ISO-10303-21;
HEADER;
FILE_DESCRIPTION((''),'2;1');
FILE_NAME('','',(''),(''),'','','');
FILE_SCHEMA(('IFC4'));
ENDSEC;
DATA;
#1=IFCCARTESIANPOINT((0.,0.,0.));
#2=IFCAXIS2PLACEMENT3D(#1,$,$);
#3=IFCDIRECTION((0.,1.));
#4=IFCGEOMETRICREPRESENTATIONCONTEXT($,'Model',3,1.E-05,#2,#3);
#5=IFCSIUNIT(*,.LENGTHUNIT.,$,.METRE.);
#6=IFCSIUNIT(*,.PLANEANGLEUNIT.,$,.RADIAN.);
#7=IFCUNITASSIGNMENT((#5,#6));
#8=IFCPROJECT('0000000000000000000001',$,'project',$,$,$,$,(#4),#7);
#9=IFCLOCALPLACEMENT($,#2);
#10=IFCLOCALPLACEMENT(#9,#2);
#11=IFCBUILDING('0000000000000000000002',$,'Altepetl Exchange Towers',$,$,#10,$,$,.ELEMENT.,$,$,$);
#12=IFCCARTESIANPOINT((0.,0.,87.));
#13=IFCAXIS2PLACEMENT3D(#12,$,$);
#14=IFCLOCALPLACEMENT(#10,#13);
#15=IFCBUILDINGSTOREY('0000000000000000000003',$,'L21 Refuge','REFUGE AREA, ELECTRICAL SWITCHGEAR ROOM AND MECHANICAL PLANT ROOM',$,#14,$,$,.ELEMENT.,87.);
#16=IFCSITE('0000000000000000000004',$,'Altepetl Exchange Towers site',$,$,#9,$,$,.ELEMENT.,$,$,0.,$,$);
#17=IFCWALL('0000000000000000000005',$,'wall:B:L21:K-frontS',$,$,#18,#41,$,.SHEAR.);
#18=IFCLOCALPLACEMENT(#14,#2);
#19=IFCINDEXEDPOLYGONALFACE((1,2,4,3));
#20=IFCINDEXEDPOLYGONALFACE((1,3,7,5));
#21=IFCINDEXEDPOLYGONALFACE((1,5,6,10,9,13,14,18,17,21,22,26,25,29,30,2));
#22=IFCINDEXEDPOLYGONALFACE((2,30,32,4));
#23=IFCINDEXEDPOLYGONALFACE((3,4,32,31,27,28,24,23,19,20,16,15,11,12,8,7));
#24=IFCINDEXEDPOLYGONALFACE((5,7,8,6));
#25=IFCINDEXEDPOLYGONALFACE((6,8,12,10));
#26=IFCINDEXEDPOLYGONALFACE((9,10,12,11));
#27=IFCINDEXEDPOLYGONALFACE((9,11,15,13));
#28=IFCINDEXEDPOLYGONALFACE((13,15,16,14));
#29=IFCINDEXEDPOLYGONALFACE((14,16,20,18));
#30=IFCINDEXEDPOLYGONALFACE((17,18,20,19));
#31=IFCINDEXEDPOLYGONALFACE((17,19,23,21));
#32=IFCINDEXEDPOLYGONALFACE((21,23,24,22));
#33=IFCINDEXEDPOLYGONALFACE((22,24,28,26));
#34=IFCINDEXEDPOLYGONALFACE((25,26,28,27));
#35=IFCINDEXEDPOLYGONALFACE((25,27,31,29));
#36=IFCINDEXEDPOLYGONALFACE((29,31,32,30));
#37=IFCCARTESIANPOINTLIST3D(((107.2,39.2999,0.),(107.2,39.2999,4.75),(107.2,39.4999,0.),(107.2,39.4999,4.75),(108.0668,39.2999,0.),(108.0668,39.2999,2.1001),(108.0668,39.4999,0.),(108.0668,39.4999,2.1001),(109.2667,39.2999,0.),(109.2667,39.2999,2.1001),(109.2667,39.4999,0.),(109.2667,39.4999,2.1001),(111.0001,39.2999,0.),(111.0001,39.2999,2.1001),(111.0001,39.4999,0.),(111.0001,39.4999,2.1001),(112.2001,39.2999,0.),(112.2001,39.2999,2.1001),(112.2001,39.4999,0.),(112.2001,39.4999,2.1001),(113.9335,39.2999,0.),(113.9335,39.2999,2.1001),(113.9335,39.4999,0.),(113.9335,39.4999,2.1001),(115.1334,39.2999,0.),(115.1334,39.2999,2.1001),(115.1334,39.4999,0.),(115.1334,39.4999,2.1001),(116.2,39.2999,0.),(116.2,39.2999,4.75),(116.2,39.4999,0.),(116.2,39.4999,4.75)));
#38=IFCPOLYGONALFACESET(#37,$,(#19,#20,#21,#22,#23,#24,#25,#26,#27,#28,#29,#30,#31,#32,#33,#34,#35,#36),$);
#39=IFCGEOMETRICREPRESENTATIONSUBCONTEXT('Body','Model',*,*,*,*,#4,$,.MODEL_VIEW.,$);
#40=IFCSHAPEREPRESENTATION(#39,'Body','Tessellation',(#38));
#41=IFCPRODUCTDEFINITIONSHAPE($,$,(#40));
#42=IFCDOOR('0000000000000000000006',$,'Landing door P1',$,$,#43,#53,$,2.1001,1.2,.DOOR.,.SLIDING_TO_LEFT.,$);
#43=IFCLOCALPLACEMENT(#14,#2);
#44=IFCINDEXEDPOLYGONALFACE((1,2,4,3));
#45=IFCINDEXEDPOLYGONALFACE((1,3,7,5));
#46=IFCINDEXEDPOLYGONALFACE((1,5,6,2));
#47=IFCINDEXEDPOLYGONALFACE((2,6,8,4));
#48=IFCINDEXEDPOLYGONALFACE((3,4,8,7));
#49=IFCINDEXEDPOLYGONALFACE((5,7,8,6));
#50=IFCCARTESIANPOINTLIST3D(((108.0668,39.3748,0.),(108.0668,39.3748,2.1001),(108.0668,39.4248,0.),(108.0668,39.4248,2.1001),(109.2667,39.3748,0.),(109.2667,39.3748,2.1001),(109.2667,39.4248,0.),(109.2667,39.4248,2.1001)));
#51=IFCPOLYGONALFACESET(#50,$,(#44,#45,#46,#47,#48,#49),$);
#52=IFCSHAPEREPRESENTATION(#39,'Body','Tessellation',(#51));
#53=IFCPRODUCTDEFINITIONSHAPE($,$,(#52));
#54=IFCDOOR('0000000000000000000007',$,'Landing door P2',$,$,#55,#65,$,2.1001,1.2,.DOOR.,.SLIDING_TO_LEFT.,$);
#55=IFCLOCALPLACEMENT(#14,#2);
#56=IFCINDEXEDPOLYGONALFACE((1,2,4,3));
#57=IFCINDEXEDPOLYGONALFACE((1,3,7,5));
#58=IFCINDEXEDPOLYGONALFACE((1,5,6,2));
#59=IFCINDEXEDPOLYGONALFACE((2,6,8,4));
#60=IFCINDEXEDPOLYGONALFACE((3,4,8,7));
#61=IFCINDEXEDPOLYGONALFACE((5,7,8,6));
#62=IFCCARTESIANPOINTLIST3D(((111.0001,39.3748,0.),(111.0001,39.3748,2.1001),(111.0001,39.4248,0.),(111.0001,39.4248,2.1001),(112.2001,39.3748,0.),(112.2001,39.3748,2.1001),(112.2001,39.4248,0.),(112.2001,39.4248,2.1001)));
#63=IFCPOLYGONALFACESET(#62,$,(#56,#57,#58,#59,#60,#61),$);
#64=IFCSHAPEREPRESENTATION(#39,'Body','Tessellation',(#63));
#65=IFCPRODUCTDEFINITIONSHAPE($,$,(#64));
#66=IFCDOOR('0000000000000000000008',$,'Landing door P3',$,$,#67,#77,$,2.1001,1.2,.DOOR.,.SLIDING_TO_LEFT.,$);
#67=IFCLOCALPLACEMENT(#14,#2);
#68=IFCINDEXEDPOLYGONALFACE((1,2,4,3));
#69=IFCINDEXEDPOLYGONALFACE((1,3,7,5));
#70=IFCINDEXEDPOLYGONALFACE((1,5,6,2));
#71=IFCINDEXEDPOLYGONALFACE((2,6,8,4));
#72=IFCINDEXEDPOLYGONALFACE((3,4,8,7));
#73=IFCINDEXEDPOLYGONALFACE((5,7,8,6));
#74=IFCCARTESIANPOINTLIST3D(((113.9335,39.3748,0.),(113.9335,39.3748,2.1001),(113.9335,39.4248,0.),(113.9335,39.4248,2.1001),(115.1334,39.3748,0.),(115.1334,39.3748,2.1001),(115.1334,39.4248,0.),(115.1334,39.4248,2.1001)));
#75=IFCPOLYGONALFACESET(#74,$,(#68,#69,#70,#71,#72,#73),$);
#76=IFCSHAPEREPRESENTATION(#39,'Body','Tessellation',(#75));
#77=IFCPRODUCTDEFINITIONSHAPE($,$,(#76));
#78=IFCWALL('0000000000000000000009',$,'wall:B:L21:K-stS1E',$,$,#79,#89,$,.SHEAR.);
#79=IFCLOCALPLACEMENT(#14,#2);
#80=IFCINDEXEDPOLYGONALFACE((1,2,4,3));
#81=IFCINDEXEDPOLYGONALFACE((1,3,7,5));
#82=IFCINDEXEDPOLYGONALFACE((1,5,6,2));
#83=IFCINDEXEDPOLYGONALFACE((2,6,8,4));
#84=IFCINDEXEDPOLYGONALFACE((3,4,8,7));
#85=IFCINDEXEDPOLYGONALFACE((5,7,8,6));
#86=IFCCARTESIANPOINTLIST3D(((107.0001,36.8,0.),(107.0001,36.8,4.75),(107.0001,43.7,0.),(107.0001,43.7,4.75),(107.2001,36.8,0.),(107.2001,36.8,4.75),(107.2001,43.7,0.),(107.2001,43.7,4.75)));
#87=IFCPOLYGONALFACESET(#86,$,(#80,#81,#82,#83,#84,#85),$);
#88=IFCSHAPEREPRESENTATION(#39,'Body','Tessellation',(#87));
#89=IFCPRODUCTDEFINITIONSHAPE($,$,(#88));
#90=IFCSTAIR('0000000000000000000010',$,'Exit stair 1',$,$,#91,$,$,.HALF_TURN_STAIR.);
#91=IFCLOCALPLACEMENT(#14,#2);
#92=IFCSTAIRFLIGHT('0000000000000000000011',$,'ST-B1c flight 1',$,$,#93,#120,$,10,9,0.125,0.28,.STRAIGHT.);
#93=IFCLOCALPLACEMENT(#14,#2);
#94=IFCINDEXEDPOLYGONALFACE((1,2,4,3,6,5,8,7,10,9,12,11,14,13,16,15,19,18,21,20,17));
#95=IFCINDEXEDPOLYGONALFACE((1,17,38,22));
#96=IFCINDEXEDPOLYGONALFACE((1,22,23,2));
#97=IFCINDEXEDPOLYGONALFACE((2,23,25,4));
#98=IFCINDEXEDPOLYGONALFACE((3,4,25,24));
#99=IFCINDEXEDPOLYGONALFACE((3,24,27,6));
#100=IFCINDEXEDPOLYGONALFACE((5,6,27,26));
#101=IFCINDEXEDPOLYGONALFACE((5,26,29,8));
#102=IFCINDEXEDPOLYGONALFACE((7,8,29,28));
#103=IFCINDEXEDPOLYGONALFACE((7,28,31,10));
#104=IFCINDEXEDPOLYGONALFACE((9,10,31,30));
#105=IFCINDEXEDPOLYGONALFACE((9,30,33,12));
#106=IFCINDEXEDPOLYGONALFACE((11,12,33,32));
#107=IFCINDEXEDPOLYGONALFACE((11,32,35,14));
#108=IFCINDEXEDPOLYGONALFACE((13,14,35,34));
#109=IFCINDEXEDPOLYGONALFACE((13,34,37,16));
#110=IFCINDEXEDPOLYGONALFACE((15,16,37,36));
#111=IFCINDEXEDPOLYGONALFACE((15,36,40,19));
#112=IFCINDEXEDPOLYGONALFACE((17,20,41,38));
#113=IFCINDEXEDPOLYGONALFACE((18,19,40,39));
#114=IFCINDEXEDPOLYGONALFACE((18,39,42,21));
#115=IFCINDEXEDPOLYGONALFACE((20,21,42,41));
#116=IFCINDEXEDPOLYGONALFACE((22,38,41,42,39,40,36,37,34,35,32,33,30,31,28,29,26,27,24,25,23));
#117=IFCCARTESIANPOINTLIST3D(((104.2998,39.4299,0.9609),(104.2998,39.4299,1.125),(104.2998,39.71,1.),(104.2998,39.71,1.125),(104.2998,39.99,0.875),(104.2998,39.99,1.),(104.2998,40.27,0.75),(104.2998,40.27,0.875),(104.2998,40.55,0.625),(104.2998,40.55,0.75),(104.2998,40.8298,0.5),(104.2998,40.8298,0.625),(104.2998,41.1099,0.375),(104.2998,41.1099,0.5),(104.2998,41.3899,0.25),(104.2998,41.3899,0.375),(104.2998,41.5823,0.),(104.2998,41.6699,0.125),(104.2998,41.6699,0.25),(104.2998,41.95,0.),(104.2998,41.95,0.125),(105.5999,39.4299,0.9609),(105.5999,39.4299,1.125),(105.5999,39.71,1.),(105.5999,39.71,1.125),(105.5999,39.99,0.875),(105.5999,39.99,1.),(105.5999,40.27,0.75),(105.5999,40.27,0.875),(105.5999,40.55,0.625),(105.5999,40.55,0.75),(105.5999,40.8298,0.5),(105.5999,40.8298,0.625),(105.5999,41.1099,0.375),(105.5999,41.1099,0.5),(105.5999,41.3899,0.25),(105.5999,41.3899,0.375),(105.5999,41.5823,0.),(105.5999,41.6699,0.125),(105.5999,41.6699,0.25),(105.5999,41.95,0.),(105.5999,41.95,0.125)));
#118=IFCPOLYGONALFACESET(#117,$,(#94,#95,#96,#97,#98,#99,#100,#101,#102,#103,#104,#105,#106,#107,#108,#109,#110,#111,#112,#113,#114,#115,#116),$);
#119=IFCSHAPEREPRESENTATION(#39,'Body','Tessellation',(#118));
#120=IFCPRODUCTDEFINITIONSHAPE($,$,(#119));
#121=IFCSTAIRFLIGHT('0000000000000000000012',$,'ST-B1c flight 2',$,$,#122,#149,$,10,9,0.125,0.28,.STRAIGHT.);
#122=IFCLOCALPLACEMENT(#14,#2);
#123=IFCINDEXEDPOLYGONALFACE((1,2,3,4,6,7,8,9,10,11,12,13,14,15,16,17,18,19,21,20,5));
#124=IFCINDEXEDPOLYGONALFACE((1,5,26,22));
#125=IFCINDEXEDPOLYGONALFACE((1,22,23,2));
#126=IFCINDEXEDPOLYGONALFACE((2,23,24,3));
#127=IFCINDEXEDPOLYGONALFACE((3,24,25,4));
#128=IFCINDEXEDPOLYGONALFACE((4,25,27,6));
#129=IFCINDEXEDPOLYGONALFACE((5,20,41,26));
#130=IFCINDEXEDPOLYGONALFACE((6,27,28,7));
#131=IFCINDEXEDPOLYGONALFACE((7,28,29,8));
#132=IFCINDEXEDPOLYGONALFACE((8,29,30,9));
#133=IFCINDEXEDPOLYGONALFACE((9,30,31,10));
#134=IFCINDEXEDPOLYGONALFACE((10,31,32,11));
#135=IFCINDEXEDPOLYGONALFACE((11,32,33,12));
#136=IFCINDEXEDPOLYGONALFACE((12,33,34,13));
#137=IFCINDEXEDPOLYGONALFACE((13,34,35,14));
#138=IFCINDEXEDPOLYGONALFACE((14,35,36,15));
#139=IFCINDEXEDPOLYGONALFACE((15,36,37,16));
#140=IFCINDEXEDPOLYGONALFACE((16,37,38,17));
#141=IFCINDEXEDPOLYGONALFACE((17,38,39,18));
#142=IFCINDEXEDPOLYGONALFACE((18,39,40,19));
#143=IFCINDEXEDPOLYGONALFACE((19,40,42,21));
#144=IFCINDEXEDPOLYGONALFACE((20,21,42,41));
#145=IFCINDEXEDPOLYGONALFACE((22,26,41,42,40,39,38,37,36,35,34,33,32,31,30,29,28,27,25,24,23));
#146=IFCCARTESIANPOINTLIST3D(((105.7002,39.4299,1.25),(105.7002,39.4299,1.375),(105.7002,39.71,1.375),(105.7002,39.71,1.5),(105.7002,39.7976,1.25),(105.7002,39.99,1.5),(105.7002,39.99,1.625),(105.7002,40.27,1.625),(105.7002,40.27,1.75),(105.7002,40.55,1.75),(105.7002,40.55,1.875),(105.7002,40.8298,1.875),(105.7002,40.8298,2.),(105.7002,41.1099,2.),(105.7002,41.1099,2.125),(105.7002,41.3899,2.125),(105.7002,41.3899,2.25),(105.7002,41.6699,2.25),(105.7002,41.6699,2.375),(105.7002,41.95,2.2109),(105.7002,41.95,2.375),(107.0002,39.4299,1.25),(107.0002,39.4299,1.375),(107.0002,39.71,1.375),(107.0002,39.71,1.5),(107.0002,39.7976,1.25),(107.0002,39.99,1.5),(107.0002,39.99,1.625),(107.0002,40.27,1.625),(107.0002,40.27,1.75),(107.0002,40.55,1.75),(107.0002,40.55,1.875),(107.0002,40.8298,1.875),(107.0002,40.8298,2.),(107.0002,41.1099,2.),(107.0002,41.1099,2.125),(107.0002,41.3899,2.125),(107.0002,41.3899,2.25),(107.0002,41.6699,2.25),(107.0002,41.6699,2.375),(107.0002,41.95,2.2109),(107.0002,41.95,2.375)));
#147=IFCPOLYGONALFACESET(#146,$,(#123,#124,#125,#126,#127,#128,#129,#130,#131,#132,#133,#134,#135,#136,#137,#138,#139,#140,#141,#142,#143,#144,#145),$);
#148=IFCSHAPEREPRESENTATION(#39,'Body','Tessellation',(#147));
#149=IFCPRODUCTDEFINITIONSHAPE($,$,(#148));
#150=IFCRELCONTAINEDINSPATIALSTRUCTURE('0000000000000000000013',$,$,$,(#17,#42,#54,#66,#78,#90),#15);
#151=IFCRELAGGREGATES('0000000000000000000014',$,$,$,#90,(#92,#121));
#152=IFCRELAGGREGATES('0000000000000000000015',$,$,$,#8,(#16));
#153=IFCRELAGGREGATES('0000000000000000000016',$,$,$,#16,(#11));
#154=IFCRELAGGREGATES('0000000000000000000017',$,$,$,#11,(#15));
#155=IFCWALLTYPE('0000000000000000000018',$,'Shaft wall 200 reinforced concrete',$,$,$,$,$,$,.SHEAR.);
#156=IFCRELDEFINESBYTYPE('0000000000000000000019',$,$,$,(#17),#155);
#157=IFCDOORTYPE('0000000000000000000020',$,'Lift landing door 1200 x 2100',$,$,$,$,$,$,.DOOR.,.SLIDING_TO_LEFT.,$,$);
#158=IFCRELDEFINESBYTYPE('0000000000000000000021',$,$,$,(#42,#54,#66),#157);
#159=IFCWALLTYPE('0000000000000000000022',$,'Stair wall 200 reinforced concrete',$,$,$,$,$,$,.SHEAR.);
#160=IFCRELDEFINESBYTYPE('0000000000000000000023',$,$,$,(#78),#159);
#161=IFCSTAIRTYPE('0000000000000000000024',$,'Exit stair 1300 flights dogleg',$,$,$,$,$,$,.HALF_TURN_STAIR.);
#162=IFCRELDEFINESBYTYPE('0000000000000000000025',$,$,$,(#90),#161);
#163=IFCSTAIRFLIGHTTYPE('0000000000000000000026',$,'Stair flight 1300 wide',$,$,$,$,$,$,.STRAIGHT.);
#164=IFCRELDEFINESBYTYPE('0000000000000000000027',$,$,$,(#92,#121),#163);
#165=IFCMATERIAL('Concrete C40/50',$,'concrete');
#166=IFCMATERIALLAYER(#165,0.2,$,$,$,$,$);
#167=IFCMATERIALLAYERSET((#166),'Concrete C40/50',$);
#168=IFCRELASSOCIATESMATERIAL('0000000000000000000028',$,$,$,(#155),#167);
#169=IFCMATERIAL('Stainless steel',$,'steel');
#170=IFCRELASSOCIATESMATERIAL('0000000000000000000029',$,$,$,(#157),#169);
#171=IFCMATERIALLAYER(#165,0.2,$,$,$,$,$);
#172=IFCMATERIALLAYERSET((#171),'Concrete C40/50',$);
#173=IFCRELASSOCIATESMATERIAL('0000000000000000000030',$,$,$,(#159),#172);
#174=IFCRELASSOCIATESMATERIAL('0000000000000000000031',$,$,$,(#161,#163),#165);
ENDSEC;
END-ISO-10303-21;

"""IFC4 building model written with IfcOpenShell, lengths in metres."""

from ifc_helpers import new_model, si_unit, direction, frame, frame_2d, origin, place, context, subcontext, project, spatial, polyline, rectangle, outline, extrude, material, layer, layer_set, type_object, element, fill, aggregate, save


model = new_model("IFC4")

# Units and contexts
model_context = context("Model", 3, precision=1e-05, world=origin(), true_north=direction((0.0, 1.0)))
body_context = subcontext(model_context, "Body", "Model", "MODEL_VIEW")
ifc_project = project(units=[si_unit("LENGTHUNIT", "METRE"), si_unit("PLANEANGLEUNIT", "RADIAN")], contexts=[model_context])

# Site, building, storey
site_placement = place(None, origin())
site = spatial("IfcSite", under=ifc_project, at=site_placement, Name="Altepetl Exchange Towers site", CompositionType="ELEMENT", RefElevation=0.0)
building_placement = place(site_placement, origin())
building = spatial("IfcBuilding", under=site, at=building_placement, Name="Altepetl Exchange Towers", CompositionType="ELEMENT")
storey_placement = place(building_placement, frame((0.0, 0.0, 87.0)))
storey = spatial("IfcBuildingStorey", under=building, at=storey_placement, Name="L21 Refuge", Description="REFUGE AREA, ELECTRICAL SWITCHGEAR ROOM AND MECHANICAL PLANT ROOM", CompositionType="ELEMENT", Elevation=87.0)

# Wall, openings, doors
ifc_material_1 = material(Name="Concrete C40/50", Category="concrete")
ifc_layer_1 = layer(ifc_material_1, 0.2)
ifc_layer_set_1 = layer_set([ifc_layer_1], Name="Concrete C40/50")
wall_type_1 = type_object("IfcWallType", Name="Shaft wall 200 reinforced concrete", PredefinedType="SHEAR", material=ifc_layer_set_1)
wall_1_placement = place(storey_placement, frame((107.2, 39.3999, 0.0)))
wall_1 = element("IfcWall", 1, at=wall_1_placement, inside=storey, type_object=wall_type_1, Name="wall:B:L21:K-frontS", PredefinedType="SHEAR", context=body_context, shape_type="SweptSolid", body=[
    extrude(rectangle(XDim=9.0, YDim=0.2, at=frame_2d((4.5, 0.0))), origin(), (0.0, 0.0, 1.0), 4.75),
])
opening_1_placement = place(wall_1_placement, frame((0.8667, 0.0, 0.0)))
opening_1 = element("IfcOpeningElement", 2, at=opening_1_placement, cuts=wall_1, PredefinedType="OPENING", context=body_context, shape_type="SweptSolid", body=[
    extrude(rectangle(XDim=1.2, YDim=2.1001, at=frame_2d((0.6001, 1.05))), frame((0.0, 0.1099, 0.0), z_axis=(0.0, -1.0, 0.0), x_axis=(1.0, 0.0, 0.0)), (0.0, 0.0, 1.0), 0.22),
])
opening_2_placement = place(wall_1_placement, frame((3.8, 0.0, 0.0)))
opening_2 = element("IfcOpeningElement", 3, at=opening_2_placement, cuts=wall_1, PredefinedType="OPENING", context=body_context, shape_type="SweptSolid", body=[
    extrude(rectangle(XDim=1.2, YDim=2.1001, at=frame_2d((0.6001, 1.05))), frame((0.0, 0.1099, 0.0), z_axis=(0.0, -1.0, 0.0), x_axis=(1.0, 0.0, 0.0)), (0.0, 0.0, 1.0), 0.22),
])
opening_3_placement = place(wall_1_placement, frame((6.7334, 0.0, 0.0)))
opening_3 = element("IfcOpeningElement", 4, at=opening_3_placement, cuts=wall_1, PredefinedType="OPENING", context=body_context, shape_type="SweptSolid", body=[
    extrude(rectangle(XDim=1.2, YDim=2.1001, at=frame_2d((0.6001, 1.05))), frame((0.0, 0.1099, 0.0), z_axis=(0.0, -1.0, 0.0), x_axis=(1.0, 0.0, 0.0)), (0.0, 0.0, 1.0), 0.22),
])
ifc_material_2 = material(Name="Stainless steel", Category="steel")
door_type_1 = type_object("IfcDoorType", Name="Lift landing door 1200 x 2100", OperationType="SLIDING_TO_LEFT", PredefinedType="DOOR", material=ifc_material_2)
door_1_placement = place(opening_1_placement, origin())
door_1 = element("IfcDoor", 5, at=door_1_placement, inside=storey, type_object=door_type_1, Name="Landing door P1", OperationType="SLIDING_TO_LEFT", OverallHeight=2.1001, OverallWidth=1.2, PredefinedType="DOOR", context=body_context, shape_type="SweptSolid", body=[
    extrude(rectangle(XDim=1.2, YDim=2.1001, at=frame_2d((0.6001, 1.05))), frame((0.0, 0.0249, 0.0), z_axis=(0.0, -1.0, 0.0), x_axis=(1.0, 0.0, 0.0)), (0.0, 0.0, 1.0), 0.05),
])
fill(opening_1, door_1)
door_2_placement = place(opening_2_placement, origin())
door_2 = element("IfcDoor", 6, at=door_2_placement, inside=storey, type_object=door_type_1, Name="Landing door P2", OperationType="SLIDING_TO_LEFT", OverallHeight=2.1001, OverallWidth=1.2, PredefinedType="DOOR", context=body_context, shape_type="SweptSolid", body=[
    extrude(rectangle(XDim=1.2, YDim=2.1001, at=frame_2d((0.6001, 1.05))), frame((0.0, 0.0249, 0.0), z_axis=(0.0, -1.0, 0.0), x_axis=(1.0, 0.0, 0.0)), (0.0, 0.0, 1.0), 0.05),
])
fill(opening_2, door_2)
door_3_placement = place(opening_3_placement, origin())
door_3 = element("IfcDoor", 7, at=door_3_placement, inside=storey, type_object=door_type_1, Name="Landing door P3", OperationType="SLIDING_TO_LEFT", OverallHeight=2.1001, OverallWidth=1.2, PredefinedType="DOOR", context=body_context, shape_type="SweptSolid", body=[
    extrude(rectangle(XDim=1.2, YDim=2.1001, at=frame_2d((0.6001, 1.05))), frame((0.0, 0.0249, 0.0), z_axis=(0.0, -1.0, 0.0), x_axis=(1.0, 0.0, 0.0)), (0.0, 0.0, 1.0), 0.05),
])
fill(opening_3, door_3)

# Wall
ifc_layer_2 = layer(ifc_material_1, 0.2)
ifc_layer_set_2 = layer_set([ifc_layer_2], Name="Concrete C40/50")
wall_type_2 = type_object("IfcWallType", Name="Stair wall 200 reinforced concrete", PredefinedType="SHEAR", material=ifc_layer_set_2)
wall_2_placement = place(storey_placement, frame((107.1001, 36.8, 0.0), z_axis=(0.0, 0.0, 1.0), x_axis=(0.0, 1.0, 0.0)))
element("IfcWall", 8, at=wall_2_placement, inside=storey, type_object=wall_type_2, Name="wall:B:L21:K-stS1E", PredefinedType="SHEAR", context=body_context, shape_type="SweptSolid", body=[
    extrude(rectangle(XDim=6.8999, YDim=0.2, at=frame_2d((3.45, 0.0))), origin(), (0.0, 0.0, 1.0), 4.75),
])

# Stair, stair flights
stair_type = type_object("IfcStairType", Name="Exit stair 1300 flights dogleg", PredefinedType="HALF_TURN_STAIR", material=ifc_material_1)
stair_placement = place(storey_placement, origin())
stair = element("IfcStair", 9, at=stair_placement, inside=storey, type_object=stair_type, Name="Exit stair 1", PredefinedType="HALF_TURN_STAIR")
stair_flight_type = type_object("IfcStairFlightType", Name="Stair flight 1300 wide", PredefinedType="STRAIGHT", material=ifc_material_1)
stair_flight_1_placement = place(storey_placement, frame((104.95, 41.95, 0.0), z_axis=(0.0, 0.0, 1.0), x_axis=(0.0, -1.0, 0.0)))
stair_flight_1 = element("IfcStairFlight", 10, at=stair_flight_1_placement, type_object=stair_flight_type, Name="ST-B1c flight 1", NumberOfRisers=10, NumberOfTreads=9, PredefinedType="STRAIGHT", RiserHeight=0.125, TreadLength=0.28, context=body_context, shape_type="SweptSolid", body=[
    extrude(outline(polyline([(0.0, 0.0), (0.0, 0.125), (0.28, 0.125), (0.28, 0.25), (0.5601, 0.25), (0.5601, 0.375), (0.8401, 0.375), (0.8401, 0.5), (1.1201, 0.5), (1.1201, 0.625), (1.3999, 0.625), (1.3999, 0.75), (1.6799, 0.75), (1.6799, 0.875), (1.96, 0.875), (1.96, 1.0), (2.24, 1.0), (2.24, 1.125), (2.52, 1.125), (2.52, 1.25), (2.52, 0.9609), (0.3677, 0.0), (0.0, 0.0)])), frame((0.0, 0.6499, 0.0), z_axis=(0.0, -1.0, 0.0), x_axis=(1.0, 0.0, 0.0)), (0.0, 0.0, 1.0), 1.3),
])
stair_flight_2_placement = place(storey_placement, frame((106.3501, 39.4299, 1.25), z_axis=(0.0, 0.0, 1.0), x_axis=(0.0, 1.0, 0.0)))
stair_flight_2 = element("IfcStairFlight", 11, at=stair_flight_2_placement, type_object=stair_flight_type, Name="ST-B1c flight 2", NumberOfRisers=10, NumberOfTreads=9, PredefinedType="STRAIGHT", RiserHeight=0.125, TreadLength=0.28, context=body_context, shape_type="SweptSolid", body=[
    extrude(outline(polyline([(0.0, 0.0), (0.0, 0.125), (0.28, 0.125), (0.28, 0.25), (0.5601, 0.25), (0.5601, 0.375), (0.8401, 0.375), (0.8401, 0.5), (1.1201, 0.5), (1.1201, 0.625), (1.3999, 0.625), (1.3999, 0.75), (1.6799, 0.75), (1.6799, 0.875), (1.96, 0.875), (1.96, 1.0), (2.24, 1.0), (2.24, 1.125), (2.52, 1.125), (2.52, 1.25), (2.52, 0.9609), (0.3677, 0.0), (0.0, 0.0)])), frame((0.0, 0.6499, 0.0), z_axis=(0.0, -1.0, 0.0), x_axis=(1.0, 0.0, 0.0)), (0.0, 0.0, 1.0), 1.3),
])
aggregate(stair, [stair_flight_1, stair_flight_2])

save(model, "model.ifc")
